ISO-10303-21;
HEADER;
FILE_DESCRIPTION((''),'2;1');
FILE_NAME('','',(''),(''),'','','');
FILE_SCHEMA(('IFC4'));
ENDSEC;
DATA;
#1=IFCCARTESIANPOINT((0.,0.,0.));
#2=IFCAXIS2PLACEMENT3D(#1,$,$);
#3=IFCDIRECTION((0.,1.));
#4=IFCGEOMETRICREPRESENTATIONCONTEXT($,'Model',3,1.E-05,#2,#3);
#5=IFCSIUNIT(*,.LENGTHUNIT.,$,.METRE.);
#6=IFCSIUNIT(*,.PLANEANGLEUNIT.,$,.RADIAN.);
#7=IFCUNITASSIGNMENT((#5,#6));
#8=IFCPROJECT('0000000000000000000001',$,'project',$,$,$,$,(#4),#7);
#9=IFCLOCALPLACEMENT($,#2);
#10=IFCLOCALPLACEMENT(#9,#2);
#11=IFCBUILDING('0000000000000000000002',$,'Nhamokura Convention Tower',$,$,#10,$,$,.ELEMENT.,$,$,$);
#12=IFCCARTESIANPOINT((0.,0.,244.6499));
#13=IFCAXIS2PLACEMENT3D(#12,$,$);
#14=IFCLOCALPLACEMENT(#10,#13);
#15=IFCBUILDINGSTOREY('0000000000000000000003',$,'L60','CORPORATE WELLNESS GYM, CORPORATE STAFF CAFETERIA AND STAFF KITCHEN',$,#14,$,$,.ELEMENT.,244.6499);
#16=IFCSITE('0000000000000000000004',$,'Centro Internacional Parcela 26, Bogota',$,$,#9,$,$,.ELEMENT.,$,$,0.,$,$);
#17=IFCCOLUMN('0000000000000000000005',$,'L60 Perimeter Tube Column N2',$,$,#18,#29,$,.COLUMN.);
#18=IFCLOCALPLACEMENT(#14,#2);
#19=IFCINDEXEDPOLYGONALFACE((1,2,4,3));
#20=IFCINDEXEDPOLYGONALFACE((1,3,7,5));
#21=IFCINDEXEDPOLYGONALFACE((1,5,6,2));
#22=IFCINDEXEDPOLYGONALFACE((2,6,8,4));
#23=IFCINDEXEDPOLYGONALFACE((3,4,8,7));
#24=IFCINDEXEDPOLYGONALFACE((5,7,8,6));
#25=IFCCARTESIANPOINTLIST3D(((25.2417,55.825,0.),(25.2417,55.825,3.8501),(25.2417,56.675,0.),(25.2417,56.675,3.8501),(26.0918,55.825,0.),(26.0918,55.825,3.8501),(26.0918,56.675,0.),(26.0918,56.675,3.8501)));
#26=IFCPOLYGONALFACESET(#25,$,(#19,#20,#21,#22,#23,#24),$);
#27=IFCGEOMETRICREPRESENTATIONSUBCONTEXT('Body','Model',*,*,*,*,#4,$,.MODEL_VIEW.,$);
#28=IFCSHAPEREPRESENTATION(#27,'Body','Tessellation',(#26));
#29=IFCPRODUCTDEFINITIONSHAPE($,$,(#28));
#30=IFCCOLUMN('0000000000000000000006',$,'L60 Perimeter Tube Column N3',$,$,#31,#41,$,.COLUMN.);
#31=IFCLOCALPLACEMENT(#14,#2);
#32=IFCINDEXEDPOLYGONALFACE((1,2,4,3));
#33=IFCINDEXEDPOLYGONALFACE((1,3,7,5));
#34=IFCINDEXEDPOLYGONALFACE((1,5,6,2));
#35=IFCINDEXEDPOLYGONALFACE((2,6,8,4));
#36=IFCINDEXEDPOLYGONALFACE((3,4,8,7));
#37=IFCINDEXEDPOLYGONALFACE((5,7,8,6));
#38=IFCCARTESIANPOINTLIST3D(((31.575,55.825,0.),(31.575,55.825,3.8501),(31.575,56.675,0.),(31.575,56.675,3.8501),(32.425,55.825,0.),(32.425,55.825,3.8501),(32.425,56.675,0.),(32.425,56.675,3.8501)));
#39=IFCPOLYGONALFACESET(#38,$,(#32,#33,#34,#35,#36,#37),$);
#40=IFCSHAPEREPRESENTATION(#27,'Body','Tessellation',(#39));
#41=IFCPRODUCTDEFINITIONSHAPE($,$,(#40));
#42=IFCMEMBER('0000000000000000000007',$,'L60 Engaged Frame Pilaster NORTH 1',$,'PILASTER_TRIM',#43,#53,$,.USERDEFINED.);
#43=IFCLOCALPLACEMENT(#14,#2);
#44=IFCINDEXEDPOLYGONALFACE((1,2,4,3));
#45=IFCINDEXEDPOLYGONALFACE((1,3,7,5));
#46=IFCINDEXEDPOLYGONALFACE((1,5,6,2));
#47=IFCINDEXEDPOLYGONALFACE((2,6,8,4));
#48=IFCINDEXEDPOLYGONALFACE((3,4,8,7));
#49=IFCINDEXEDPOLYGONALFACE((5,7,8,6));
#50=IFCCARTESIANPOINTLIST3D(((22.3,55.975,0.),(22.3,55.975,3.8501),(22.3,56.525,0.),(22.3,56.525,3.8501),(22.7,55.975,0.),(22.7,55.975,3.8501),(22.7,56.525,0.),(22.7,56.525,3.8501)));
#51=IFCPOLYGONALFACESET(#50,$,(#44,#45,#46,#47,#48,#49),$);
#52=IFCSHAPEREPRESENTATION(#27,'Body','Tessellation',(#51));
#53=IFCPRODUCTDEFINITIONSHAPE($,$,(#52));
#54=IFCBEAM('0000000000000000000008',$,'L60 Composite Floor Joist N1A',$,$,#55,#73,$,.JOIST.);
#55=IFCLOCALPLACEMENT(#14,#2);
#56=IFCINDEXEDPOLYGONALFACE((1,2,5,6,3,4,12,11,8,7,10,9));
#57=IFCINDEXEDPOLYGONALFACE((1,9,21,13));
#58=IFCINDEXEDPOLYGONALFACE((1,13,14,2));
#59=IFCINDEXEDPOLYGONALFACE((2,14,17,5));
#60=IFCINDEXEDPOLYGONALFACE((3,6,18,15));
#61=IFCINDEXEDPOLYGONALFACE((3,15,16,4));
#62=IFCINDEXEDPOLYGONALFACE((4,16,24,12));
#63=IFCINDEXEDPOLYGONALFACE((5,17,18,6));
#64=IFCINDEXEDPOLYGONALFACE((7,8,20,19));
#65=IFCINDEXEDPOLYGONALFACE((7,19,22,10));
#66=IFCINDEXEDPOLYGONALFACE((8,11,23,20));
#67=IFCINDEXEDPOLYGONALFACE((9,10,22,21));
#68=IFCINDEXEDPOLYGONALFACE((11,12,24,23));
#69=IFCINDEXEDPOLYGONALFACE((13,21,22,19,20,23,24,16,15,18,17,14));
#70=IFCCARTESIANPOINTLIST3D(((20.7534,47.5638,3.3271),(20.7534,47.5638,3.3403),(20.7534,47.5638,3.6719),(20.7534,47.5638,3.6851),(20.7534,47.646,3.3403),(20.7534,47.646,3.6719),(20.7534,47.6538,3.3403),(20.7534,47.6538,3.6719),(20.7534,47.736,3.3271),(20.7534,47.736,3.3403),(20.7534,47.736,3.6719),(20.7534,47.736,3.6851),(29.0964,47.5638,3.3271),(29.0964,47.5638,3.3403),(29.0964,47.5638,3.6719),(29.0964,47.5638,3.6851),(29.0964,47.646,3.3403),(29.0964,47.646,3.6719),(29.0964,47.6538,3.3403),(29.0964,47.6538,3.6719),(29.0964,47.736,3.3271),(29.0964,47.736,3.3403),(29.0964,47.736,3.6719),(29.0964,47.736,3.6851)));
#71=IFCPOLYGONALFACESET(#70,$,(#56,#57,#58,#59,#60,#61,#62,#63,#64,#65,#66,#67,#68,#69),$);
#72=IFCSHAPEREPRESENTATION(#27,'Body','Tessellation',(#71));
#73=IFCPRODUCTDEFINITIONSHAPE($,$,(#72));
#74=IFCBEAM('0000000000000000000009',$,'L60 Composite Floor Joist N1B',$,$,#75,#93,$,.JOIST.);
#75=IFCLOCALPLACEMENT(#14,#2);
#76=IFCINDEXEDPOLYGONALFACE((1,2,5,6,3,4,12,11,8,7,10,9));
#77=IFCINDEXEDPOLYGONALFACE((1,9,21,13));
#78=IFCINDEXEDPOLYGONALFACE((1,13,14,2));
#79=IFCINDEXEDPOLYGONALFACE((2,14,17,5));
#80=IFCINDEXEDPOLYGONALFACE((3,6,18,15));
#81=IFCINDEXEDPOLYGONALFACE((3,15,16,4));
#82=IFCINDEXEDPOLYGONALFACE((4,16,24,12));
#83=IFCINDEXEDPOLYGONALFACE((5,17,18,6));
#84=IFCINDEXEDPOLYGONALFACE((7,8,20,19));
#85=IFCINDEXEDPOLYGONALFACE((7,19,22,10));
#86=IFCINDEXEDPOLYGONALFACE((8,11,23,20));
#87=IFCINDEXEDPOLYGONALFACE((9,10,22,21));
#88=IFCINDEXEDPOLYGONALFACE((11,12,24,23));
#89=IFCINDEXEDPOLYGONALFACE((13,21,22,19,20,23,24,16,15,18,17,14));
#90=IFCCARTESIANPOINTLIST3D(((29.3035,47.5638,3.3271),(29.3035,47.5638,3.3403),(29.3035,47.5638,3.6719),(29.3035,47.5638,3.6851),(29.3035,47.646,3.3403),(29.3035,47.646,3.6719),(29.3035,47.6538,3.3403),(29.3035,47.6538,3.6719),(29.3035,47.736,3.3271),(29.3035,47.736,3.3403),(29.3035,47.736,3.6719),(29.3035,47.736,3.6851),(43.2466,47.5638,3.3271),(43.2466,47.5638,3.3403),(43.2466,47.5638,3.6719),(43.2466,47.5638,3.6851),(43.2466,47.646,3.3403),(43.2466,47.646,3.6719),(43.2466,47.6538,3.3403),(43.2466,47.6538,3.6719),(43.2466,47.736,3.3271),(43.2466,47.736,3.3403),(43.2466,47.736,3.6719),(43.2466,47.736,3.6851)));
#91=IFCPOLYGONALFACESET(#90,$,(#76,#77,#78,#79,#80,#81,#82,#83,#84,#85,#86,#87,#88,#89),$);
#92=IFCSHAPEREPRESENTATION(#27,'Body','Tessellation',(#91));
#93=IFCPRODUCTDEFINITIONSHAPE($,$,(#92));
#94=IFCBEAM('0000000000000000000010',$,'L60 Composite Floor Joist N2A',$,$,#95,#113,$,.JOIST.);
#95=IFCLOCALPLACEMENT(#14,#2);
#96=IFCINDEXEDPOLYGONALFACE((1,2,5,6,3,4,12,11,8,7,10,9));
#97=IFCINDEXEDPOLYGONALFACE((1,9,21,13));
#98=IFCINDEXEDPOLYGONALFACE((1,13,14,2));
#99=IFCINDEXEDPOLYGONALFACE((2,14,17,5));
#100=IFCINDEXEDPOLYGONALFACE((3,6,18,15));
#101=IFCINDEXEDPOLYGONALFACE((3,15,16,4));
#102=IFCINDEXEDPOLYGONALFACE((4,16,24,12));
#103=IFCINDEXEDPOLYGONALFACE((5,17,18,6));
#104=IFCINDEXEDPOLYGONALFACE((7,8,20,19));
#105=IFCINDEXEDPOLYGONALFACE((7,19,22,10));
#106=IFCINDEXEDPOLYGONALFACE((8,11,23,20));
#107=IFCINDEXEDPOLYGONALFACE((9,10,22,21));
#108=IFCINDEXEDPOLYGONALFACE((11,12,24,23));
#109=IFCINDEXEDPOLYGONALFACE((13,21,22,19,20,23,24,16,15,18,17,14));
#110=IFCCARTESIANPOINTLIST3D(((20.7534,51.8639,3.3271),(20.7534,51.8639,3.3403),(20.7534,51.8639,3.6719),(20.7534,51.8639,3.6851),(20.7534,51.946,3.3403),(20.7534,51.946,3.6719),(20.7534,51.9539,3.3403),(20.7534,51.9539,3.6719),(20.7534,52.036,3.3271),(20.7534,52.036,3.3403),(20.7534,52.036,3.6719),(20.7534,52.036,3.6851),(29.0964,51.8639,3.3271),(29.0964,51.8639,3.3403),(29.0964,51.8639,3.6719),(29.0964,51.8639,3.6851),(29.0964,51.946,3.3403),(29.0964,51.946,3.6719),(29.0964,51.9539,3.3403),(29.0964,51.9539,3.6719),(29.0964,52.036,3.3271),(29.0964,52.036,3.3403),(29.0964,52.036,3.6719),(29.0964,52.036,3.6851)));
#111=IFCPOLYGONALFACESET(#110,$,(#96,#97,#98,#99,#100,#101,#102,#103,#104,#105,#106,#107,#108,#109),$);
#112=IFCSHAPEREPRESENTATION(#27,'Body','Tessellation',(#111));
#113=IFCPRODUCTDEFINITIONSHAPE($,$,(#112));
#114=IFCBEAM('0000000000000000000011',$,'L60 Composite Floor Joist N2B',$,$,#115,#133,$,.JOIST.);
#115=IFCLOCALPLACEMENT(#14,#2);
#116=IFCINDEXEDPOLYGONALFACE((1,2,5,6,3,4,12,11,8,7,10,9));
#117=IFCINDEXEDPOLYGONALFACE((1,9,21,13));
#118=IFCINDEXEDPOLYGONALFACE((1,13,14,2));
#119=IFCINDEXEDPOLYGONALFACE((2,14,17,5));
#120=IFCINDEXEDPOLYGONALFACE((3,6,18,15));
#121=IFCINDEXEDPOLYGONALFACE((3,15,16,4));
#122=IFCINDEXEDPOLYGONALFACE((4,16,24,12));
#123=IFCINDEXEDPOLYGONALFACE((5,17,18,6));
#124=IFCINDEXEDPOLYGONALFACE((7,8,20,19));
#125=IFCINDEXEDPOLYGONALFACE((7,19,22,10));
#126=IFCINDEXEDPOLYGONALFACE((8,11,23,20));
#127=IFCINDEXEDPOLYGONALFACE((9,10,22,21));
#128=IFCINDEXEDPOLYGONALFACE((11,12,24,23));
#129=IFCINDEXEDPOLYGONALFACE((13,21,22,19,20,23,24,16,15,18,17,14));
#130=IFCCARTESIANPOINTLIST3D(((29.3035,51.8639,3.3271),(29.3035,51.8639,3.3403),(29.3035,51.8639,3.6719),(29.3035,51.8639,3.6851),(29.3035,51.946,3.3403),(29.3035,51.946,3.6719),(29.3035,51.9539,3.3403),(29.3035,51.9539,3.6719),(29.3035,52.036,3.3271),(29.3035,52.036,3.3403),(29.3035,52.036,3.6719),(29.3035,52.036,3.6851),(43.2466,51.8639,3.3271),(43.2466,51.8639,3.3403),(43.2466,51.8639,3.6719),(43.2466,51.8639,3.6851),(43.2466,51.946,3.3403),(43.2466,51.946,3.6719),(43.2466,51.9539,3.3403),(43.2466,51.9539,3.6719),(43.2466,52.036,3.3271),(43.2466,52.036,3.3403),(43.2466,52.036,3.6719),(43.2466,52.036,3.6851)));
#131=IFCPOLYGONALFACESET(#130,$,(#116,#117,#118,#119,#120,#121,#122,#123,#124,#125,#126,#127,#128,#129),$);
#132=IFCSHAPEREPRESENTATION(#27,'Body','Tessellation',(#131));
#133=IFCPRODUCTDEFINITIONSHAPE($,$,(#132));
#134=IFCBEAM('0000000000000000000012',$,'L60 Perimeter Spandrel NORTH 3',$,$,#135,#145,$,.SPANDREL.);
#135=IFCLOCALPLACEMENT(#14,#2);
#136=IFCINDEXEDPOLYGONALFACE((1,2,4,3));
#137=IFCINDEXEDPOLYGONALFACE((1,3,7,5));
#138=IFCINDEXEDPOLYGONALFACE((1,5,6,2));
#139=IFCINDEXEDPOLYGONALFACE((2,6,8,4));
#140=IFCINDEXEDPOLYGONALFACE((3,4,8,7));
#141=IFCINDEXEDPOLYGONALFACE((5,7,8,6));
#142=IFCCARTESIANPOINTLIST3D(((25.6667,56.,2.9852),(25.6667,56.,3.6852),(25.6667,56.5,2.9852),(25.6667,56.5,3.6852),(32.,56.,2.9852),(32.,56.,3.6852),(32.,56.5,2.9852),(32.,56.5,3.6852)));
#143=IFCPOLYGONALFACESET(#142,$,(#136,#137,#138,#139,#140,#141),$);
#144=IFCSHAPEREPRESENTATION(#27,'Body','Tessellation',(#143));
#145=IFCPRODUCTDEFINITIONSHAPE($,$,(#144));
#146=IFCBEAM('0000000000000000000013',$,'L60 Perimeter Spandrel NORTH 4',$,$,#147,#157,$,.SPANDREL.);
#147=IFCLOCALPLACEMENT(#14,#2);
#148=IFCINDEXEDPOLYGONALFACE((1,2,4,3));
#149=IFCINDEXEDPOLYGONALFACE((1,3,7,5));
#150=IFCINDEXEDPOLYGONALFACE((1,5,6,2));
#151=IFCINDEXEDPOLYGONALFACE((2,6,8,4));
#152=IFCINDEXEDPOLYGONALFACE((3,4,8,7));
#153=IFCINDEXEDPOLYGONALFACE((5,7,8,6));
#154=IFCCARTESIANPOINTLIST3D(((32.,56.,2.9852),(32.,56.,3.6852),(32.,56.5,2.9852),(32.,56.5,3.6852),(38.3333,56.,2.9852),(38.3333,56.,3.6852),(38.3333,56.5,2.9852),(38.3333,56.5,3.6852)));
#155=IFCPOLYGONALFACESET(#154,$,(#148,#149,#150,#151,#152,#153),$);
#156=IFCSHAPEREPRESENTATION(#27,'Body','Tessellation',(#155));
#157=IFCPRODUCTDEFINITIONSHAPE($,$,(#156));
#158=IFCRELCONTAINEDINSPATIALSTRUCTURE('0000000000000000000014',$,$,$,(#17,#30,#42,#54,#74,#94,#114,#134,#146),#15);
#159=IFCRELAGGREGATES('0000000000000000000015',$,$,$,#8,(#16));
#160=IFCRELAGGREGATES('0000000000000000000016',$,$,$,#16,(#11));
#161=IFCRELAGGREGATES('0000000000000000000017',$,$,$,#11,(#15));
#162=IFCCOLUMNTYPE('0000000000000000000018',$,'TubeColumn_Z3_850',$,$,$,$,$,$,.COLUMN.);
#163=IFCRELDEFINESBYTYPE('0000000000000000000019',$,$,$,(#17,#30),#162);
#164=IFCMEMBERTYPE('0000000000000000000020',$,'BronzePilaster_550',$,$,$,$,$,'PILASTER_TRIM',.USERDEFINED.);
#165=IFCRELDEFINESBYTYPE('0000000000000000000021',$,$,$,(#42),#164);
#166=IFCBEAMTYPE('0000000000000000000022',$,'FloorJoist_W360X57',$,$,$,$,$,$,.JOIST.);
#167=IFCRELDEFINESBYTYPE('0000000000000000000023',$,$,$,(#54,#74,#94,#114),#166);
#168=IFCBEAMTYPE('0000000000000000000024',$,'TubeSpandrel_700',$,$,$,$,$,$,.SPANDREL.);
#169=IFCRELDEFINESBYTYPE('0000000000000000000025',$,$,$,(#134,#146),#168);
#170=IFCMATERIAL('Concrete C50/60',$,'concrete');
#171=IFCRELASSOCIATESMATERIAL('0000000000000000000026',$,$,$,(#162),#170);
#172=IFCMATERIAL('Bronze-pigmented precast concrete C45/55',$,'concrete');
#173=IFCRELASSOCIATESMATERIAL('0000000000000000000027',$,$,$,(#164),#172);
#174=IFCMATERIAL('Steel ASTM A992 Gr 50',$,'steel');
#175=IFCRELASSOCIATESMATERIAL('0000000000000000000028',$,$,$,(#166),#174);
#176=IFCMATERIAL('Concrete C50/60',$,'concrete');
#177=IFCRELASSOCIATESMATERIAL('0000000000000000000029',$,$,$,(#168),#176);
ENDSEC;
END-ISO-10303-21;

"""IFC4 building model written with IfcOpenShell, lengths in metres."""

from ifc_helpers import new_model, si_unit, direction, frame, origin, origin_2d, place, context, subcontext, project, spatial, rectangle, i_section, extrude, material, material_profile, profile_set, type_object, element, save


model = new_model("IFC4")

# Units and contexts
model_context = context("Model", 3, precision=1e-05, world=origin(), true_north=direction((0.0, 1.0)))
body_context = subcontext(model_context, "Body", "Model", "MODEL_VIEW")
ifc_project = project(units=[si_unit("LENGTHUNIT", "METRE"), si_unit("PLANEANGLEUNIT", "RADIAN")], contexts=[model_context])

# Site, building, storey
site_placement = place(None, origin())
site = spatial("IfcSite", under=ifc_project, at=site_placement, Name="Centro Internacional Parcela 26, Bogota", CompositionType="ELEMENT", RefElevation=0.0)
building_placement = place(site_placement, origin())
building = spatial("IfcBuilding", under=site, at=building_placement, Name="Nhamokura Convention Tower", CompositionType="ELEMENT")
storey_placement = place(building_placement, frame((0.0, 0.0, 244.6499)))
storey = spatial("IfcBuildingStorey", under=building, at=storey_placement, Name="L60", Description="CORPORATE WELLNESS GYM, CORPORATE STAFF CAFETERIA AND STAFF KITCHEN", CompositionType="ELEMENT", Elevation=244.6499)

# Columns
ifc_material_1 = material(Name="Concrete C50/60", Category="concrete")
ifc_material_profile_1 = material_profile(ifc_material_1, rectangle(XDim=0.8501, YDim=0.8501, at=origin_2d()))
ifc_profile_set_1 = profile_set([ifc_material_profile_1], Name="Concrete C50/60")
column_type = type_object("IfcColumnType", Name="TubeColumn_Z3_850", PredefinedType="COLUMN", material=ifc_profile_set_1)
for number, where, z_axis, x_axis, name in (
    (1, (25.6667, 56.25, 0.0), (0.0, 0.0, 1.0), (1.0, 0.0, 0.0), "L60 Perimeter Tube Column N2"),
    (2, (32.0, 56.25, 0.0), (0.0, 0.0, 1.0), (1.0, 0.0, 0.0), "L60 Perimeter Tube Column N3"),
):
    element("IfcColumn", number, at=place(storey_placement, frame(where, z_axis=z_axis, x_axis=x_axis)), inside=storey, type_object=column_type, Name=name, PredefinedType="COLUMN", context=body_context, shape_type="SweptSolid", body=[
        extrude(rectangle(XDim=0.8501, YDim=0.8501, at=origin_2d()), origin(), (0.0, 0.0, 1.0), 3.8501),
    ])

# Member
ifc_material_2 = material(Name="Bronze-pigmented precast concrete C45/55", Category="concrete")
ifc_material_profile_2 = material_profile(ifc_material_2, rectangle(XDim=0.3999, YDim=0.55, at=origin_2d()))
ifc_profile_set_2 = profile_set([ifc_material_profile_2], Name="Bronze-pigmented precast concrete C45/55")
member_type = type_object("IfcMemberType", Name="BronzePilaster_550", ElementType="PILASTER_TRIM", PredefinedType="USERDEFINED", material=ifc_profile_set_2)
member_placement = place(storey_placement, frame((22.5, 56.25, 0.0), z_axis=(0.0, 0.0, 1.0), x_axis=(1.0, 0.0, 0.0)))
element("IfcMember", 3, at=member_placement, inside=storey, type_object=member_type, Name="L60 Engaged Frame Pilaster NORTH 1", ObjectType="PILASTER_TRIM", PredefinedType="USERDEFINED", context=body_context, shape_type="SweptSolid", body=[
    extrude(rectangle(XDim=0.3999, YDim=0.55, at=origin_2d()), origin(), (0.0, 0.0, 1.0), 3.8501),
])

# Beams
ifc_material_3 = material(Name="Steel ASTM A992 Gr 50", Category="steel")
ifc_material_profile_3 = material_profile(ifc_material_3, i_section(OverallWidth=0.1721, OverallDepth=0.3579, WebThickness=0.0078, FlangeThickness=0.0132, at=origin_2d()))
ifc_profile_set_3 = profile_set([ifc_material_profile_3], Name="Steel ASTM A992 Gr 50")
beam_type_1 = type_object("IfcBeamType", Name="FloorJoist_W360X57", PredefinedType="JOIST", material=ifc_profile_set_3)
beam_1_placement = place(storey_placement, frame((20.7534, 47.6499, 3.5061), z_axis=(1.0, 0.0, 0.0), x_axis=(0.0, 1.0, 0.0)))
element("IfcBeam", 4, at=beam_1_placement, inside=storey, type_object=beam_type_1, Name="L60 Composite Floor Joist N1A", PredefinedType="JOIST", context=body_context, shape_type="SweptSolid", body=[
    extrude(i_section(OverallWidth=0.1721, OverallDepth=0.3579, WebThickness=0.0078, FlangeThickness=0.0132, at=origin_2d()), origin(), (0.0, 0.0, 1.0), 8.343),
])
beam_2_placement = place(storey_placement, frame((29.3035, 47.6499, 3.5061), z_axis=(1.0, 0.0, 0.0), x_axis=(0.0, 1.0, 0.0)))
element("IfcBeam", 5, at=beam_2_placement, inside=storey, type_object=beam_type_1, Name="L60 Composite Floor Joist N1B", PredefinedType="JOIST", context=body_context, shape_type="SweptSolid", body=[
    extrude(i_section(OverallWidth=0.1721, OverallDepth=0.3579, WebThickness=0.0078, FlangeThickness=0.0132, at=origin_2d()), origin(), (0.0, 0.0, 1.0), 13.9431),
])
beam_3_placement = place(storey_placement, frame((20.7534, 51.95, 3.5061), z_axis=(1.0, 0.0, 0.0), x_axis=(0.0, 1.0, 0.0)))
element("IfcBeam", 6, at=beam_3_placement, inside=storey, type_object=beam_type_1, Name="L60 Composite Floor Joist N2A", PredefinedType="JOIST", context=body_context, shape_type="SweptSolid", body=[
    extrude(i_section(OverallWidth=0.1721, OverallDepth=0.3579, WebThickness=0.0078, FlangeThickness=0.0132, at=origin_2d()), origin(), (0.0, 0.0, 1.0), 8.343),
])
beam_4_placement = place(storey_placement, frame((29.3035, 51.95, 3.5061), z_axis=(1.0, 0.0, 0.0), x_axis=(0.0, 1.0, 0.0)))
element("IfcBeam", 7, at=beam_4_placement, inside=storey, type_object=beam_type_1, Name="L60 Composite Floor Joist N2B", PredefinedType="JOIST", context=body_context, shape_type="SweptSolid", body=[
    extrude(i_section(OverallWidth=0.1721, OverallDepth=0.3579, WebThickness=0.0078, FlangeThickness=0.0132, at=origin_2d()), origin(), (0.0, 0.0, 1.0), 13.9431),
])
ifc_material_4 = material(Name="Concrete C50/60", Category="concrete")
ifc_material_profile_4 = material_profile(ifc_material_4, rectangle(XDim=0.5, YDim=0.7, at=origin_2d()))
ifc_profile_set_4 = profile_set([ifc_material_profile_4], Name="Concrete C50/60")
beam_type_2 = type_object("IfcBeamType", Name="TubeSpandrel_700", PredefinedType="SPANDREL", material=ifc_profile_set_4)
for number, where, z_axis, x_axis, name in (
    (8, (25.6667, 56.25, 3.3352), (1.0, 0.0, 0.0), (0.0, 1.0, 0.0), "L60 Perimeter Spandrel NORTH 3"),
    (9, (32.0, 56.25, 3.3352), (1.0, 0.0, 0.0), (0.0, 1.0, 0.0), "L60 Perimeter Spandrel NORTH 4"),
):
    element("IfcBeam", number, at=place(storey_placement, frame(where, z_axis=z_axis, x_axis=x_axis)), inside=storey, type_object=beam_type_2, Name=name, PredefinedType="SPANDREL", context=body_context, shape_type="SweptSolid", body=[
        extrude(rectangle(XDim=0.5, YDim=0.7, at=origin_2d()), origin(), (0.0, 0.0, 1.0), 6.3333),
    ])

save(model, "model.ifc")
